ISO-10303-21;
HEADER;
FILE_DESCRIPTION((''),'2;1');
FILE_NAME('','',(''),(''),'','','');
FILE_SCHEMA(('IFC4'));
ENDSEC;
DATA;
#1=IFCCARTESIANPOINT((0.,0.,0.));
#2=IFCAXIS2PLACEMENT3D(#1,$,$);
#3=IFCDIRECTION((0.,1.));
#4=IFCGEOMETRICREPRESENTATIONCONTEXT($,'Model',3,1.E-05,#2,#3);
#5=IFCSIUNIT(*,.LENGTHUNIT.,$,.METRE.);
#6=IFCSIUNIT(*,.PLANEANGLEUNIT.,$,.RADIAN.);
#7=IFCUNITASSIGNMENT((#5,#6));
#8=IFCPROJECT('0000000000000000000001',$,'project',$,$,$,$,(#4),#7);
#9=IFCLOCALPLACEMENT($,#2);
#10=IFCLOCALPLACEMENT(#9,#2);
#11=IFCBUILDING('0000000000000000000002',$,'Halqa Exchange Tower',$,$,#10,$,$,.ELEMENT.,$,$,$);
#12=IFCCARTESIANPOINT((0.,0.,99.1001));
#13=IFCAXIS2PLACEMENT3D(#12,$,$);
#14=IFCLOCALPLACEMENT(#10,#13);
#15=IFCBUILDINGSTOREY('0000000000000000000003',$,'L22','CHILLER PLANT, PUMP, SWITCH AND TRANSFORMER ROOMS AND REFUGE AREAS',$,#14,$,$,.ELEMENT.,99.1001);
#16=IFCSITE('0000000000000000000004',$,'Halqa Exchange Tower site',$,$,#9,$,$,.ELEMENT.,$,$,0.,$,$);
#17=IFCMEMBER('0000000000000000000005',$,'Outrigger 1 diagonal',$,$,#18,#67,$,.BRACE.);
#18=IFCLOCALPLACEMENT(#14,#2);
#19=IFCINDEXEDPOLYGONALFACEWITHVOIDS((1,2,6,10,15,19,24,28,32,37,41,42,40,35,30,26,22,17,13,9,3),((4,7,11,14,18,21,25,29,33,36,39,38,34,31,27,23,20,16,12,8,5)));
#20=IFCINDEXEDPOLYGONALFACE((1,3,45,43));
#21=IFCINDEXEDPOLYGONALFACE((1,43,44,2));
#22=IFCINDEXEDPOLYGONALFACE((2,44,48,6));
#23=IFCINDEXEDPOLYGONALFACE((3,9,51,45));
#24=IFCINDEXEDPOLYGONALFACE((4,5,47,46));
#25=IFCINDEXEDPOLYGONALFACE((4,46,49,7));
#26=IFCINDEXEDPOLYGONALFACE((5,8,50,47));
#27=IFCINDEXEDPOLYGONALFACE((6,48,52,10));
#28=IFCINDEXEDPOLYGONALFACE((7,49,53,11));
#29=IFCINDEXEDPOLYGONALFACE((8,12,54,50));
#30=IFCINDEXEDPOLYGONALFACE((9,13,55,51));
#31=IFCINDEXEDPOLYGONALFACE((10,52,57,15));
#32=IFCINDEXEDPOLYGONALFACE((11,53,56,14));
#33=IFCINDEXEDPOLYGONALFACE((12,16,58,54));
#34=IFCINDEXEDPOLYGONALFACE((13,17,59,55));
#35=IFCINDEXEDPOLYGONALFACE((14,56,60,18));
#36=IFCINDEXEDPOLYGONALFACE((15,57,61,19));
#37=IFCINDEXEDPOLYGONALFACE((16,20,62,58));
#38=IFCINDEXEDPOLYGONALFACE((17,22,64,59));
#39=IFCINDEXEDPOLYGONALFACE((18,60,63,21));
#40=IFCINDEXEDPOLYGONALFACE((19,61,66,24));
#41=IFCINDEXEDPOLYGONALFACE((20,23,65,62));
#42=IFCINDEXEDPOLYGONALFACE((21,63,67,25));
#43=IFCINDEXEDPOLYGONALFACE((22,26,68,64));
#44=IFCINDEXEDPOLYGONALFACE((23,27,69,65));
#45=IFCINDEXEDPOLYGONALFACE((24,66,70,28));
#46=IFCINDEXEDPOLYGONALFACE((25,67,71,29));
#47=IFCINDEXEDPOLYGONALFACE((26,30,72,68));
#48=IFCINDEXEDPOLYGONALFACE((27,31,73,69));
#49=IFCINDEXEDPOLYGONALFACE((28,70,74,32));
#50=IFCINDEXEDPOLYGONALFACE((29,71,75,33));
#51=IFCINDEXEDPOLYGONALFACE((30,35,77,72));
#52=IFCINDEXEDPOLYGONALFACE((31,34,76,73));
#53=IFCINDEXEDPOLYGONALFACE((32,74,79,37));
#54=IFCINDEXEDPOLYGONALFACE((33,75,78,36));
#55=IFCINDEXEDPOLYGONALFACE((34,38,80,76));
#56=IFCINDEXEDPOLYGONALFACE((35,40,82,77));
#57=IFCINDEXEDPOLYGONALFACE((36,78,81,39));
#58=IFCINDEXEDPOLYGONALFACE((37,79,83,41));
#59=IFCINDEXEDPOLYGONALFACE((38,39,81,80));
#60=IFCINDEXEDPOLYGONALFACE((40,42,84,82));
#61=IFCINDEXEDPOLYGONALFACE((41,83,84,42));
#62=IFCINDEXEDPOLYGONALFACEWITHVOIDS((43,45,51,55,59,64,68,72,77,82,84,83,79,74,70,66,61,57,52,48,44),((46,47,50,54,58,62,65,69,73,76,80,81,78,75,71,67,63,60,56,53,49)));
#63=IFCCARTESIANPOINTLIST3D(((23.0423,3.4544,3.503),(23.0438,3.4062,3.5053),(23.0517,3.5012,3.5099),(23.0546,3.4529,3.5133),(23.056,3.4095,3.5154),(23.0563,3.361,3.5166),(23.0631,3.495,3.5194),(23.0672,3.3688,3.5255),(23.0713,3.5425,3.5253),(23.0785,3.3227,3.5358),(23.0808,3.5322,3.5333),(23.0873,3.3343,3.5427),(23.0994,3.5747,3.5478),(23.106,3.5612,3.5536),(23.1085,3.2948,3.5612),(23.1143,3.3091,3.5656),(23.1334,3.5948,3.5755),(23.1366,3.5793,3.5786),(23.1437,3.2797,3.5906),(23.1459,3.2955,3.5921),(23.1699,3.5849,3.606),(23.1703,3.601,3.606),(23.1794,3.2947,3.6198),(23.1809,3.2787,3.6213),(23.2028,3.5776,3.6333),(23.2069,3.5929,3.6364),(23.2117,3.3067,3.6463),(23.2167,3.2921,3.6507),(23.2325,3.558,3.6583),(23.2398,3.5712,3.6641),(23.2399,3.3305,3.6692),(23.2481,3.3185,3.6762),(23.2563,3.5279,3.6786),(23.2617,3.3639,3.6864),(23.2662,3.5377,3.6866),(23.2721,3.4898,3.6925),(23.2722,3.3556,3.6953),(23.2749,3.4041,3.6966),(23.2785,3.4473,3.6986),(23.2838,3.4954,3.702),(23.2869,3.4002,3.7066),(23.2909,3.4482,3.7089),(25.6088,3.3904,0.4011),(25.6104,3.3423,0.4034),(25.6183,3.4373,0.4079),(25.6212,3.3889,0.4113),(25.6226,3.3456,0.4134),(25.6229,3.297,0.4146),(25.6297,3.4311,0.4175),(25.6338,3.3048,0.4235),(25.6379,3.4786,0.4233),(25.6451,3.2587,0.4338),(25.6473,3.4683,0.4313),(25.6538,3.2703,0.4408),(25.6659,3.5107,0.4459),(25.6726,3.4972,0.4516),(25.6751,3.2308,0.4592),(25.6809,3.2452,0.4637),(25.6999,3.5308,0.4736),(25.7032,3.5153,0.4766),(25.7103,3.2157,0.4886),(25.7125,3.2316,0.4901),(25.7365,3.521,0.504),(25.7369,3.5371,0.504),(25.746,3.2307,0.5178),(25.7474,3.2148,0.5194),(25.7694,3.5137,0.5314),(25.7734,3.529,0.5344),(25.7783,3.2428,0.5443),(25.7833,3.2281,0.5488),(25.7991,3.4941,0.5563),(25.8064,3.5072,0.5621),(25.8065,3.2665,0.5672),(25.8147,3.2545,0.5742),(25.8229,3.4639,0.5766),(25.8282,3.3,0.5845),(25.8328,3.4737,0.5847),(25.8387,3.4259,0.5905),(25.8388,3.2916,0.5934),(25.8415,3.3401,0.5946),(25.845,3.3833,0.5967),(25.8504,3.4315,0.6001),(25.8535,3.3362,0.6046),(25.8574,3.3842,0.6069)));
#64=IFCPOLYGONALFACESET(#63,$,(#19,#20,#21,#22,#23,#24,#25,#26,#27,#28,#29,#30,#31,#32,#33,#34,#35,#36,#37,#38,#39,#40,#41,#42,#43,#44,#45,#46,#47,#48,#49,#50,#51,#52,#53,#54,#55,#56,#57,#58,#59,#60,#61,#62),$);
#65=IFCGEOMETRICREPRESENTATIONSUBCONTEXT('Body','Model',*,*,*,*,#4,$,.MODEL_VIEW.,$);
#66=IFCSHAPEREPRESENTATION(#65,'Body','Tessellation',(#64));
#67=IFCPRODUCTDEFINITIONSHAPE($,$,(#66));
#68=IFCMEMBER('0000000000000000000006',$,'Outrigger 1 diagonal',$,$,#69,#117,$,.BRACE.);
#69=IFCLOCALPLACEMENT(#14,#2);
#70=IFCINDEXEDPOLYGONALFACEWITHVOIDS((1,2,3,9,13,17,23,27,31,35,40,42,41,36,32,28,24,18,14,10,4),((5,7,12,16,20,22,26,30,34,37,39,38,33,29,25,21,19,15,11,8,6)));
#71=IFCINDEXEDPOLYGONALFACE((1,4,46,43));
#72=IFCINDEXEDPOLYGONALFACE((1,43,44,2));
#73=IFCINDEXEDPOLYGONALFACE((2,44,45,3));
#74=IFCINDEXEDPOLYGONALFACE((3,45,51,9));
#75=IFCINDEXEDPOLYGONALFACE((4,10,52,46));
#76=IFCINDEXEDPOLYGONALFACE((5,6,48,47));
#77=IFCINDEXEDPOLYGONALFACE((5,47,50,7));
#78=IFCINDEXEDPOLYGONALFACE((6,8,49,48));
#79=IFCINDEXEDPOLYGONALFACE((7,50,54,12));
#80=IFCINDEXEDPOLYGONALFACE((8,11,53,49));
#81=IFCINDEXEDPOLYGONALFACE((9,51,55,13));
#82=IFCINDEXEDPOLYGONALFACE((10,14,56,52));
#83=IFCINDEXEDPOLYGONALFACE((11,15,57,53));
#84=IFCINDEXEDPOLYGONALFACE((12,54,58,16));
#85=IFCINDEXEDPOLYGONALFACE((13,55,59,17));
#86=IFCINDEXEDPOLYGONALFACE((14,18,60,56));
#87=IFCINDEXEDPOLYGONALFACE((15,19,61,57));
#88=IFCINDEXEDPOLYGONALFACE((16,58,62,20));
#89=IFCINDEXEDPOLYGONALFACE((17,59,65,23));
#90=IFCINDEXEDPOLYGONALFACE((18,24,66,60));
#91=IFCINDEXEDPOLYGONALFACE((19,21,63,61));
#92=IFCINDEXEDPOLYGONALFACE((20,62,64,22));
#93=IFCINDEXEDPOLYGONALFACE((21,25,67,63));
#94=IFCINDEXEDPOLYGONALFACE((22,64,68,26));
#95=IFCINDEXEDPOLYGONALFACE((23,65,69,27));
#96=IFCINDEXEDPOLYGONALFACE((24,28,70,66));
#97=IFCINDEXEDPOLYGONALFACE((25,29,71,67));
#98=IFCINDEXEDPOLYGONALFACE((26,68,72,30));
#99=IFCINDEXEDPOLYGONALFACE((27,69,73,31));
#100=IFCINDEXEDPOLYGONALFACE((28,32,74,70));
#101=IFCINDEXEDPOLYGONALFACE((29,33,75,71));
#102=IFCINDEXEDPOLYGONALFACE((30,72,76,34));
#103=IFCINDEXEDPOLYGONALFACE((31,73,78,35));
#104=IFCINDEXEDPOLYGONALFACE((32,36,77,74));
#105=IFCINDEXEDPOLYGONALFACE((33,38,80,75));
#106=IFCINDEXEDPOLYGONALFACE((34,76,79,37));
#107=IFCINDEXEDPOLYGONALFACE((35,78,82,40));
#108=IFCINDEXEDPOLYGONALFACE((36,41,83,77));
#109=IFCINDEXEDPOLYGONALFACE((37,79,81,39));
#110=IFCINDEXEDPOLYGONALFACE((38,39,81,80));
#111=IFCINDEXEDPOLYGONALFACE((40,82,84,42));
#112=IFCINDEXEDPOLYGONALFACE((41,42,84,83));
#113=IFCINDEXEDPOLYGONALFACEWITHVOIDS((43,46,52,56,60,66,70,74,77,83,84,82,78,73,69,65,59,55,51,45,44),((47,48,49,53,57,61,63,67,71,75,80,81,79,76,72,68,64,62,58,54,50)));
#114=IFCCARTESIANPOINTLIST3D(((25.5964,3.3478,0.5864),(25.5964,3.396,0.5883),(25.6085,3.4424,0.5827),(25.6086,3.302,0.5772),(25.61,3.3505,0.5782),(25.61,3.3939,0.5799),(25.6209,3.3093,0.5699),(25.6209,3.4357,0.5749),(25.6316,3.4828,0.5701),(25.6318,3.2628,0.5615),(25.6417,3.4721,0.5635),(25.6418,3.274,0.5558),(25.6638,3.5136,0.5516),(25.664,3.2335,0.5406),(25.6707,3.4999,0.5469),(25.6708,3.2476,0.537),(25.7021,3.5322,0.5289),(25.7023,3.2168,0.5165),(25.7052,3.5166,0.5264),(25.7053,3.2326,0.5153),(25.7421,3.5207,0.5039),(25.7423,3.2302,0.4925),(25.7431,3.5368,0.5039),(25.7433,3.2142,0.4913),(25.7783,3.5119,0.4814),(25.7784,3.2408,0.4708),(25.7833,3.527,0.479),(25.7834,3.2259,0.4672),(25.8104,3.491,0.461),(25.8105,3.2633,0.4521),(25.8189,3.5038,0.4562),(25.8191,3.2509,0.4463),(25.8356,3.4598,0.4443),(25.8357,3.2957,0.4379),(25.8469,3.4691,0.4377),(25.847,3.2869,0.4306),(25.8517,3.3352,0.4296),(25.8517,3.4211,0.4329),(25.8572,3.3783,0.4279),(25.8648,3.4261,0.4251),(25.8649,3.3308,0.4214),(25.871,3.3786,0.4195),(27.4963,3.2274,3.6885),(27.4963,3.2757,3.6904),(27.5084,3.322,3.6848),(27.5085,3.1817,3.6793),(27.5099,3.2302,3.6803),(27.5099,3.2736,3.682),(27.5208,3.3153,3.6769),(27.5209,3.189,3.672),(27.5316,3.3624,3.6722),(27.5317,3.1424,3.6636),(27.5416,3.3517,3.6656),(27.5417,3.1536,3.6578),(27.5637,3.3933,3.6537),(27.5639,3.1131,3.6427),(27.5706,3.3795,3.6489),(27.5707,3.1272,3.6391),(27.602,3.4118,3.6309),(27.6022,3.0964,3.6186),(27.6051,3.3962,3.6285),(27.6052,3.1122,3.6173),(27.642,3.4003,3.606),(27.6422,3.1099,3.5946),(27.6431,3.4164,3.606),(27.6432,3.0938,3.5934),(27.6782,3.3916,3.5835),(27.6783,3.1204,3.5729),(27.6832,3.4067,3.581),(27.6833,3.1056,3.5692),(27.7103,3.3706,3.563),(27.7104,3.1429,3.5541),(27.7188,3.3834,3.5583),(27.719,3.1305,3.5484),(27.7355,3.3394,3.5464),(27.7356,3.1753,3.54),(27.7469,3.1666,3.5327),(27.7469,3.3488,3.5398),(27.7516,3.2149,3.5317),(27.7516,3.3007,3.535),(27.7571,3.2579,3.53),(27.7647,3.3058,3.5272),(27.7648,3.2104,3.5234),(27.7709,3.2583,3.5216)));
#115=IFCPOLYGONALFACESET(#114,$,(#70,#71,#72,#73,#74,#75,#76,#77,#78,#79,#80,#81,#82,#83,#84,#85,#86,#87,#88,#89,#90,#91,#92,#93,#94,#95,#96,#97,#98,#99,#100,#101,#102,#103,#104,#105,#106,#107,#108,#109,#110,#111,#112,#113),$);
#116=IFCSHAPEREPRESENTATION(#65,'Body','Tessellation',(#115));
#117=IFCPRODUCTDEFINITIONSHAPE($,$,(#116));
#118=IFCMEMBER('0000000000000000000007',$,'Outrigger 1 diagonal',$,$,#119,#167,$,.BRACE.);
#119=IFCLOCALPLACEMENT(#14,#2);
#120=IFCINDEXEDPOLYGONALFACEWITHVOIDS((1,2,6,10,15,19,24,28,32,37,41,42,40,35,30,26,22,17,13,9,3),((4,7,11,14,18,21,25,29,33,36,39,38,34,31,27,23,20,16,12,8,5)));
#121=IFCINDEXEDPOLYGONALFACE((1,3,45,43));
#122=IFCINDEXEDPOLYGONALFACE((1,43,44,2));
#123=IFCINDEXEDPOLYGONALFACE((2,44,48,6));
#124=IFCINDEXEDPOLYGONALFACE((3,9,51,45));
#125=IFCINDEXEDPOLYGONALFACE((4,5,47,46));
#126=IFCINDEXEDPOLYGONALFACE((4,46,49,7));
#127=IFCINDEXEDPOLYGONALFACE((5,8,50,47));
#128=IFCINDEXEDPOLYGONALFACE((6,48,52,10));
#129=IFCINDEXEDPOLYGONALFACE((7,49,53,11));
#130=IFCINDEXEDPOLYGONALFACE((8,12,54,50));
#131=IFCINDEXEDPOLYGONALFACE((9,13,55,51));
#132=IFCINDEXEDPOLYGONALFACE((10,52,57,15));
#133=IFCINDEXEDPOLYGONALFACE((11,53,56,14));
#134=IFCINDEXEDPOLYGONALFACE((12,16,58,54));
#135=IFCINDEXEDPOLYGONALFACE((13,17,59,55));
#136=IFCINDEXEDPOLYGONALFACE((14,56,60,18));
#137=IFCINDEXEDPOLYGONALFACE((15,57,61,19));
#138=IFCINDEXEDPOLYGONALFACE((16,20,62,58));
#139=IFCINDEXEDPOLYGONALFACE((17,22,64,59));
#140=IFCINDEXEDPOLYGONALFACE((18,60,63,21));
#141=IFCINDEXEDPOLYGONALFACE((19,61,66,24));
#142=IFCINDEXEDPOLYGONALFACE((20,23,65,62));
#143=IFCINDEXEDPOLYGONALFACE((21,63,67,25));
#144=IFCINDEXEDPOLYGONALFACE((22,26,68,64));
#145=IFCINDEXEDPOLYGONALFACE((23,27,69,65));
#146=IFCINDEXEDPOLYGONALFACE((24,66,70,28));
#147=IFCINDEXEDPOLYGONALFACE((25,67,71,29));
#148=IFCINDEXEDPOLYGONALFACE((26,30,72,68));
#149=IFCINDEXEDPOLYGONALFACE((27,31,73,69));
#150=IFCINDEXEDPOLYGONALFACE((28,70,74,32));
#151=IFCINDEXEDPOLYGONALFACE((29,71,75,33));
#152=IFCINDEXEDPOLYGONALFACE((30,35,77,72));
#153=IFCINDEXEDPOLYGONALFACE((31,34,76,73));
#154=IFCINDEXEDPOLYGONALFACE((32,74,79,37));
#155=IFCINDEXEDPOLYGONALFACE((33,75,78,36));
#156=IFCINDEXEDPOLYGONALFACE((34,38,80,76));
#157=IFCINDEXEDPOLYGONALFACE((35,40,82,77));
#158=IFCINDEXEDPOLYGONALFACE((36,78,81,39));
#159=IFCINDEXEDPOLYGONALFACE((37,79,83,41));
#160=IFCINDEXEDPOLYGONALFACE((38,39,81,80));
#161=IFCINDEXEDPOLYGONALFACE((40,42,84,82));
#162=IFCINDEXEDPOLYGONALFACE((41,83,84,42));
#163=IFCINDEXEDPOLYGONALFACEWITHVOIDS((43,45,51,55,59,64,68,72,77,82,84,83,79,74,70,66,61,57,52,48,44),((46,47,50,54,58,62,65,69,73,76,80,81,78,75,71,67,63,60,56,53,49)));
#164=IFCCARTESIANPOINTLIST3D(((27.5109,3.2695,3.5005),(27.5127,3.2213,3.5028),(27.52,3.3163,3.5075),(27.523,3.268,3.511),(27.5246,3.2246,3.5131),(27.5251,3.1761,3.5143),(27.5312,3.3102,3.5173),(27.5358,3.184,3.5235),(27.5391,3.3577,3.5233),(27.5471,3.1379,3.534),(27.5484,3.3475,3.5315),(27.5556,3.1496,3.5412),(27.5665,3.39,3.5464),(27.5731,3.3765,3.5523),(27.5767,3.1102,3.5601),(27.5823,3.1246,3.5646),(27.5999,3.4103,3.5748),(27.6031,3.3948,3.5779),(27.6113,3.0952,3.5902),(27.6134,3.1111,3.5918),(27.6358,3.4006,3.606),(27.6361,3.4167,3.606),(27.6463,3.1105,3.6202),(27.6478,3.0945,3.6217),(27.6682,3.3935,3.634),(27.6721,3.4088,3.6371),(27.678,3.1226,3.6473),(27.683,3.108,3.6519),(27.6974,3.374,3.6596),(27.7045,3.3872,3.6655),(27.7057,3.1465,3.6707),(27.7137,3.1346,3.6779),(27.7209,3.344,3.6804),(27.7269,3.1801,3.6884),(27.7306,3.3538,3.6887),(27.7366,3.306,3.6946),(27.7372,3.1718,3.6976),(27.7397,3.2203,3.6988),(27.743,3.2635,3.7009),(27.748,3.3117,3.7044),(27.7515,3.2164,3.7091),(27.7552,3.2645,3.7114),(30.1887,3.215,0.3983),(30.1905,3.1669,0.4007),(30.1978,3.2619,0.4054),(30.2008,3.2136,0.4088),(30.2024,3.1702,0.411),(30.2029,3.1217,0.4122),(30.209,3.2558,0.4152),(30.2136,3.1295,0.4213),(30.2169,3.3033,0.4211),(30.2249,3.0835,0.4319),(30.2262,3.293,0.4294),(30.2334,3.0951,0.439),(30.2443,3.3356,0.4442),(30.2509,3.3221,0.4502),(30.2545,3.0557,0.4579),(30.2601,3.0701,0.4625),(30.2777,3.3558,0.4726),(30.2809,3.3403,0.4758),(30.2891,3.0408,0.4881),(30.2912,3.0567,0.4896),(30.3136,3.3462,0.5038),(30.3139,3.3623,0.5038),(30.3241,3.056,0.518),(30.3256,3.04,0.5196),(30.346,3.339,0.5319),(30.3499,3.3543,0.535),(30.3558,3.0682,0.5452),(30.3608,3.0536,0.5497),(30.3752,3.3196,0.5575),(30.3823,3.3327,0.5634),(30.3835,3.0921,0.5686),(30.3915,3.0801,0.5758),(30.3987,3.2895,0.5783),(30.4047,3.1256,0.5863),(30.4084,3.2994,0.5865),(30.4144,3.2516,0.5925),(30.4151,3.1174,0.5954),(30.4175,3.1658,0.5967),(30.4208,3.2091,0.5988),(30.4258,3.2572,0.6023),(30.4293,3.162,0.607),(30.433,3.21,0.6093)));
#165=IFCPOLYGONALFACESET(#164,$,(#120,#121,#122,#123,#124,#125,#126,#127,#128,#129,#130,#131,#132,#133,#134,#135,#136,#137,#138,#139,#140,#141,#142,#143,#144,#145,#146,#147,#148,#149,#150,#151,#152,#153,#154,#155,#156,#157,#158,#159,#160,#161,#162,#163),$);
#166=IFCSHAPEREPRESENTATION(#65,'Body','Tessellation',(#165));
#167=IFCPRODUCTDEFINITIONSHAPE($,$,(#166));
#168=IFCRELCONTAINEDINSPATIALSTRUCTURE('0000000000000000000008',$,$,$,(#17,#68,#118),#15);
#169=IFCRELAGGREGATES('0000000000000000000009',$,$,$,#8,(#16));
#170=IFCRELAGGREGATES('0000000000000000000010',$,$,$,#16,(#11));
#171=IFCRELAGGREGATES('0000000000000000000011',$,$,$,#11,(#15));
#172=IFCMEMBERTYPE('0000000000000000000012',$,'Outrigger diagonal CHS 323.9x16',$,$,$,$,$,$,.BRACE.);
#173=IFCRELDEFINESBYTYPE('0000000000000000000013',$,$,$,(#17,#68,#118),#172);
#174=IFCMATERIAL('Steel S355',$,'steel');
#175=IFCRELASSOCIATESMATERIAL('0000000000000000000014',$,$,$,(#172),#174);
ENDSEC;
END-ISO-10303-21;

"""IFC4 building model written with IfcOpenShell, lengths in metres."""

from ifc_helpers import new_model, si_unit, direction, frame, origin, origin_2d, place, context, subcontext, project, spatial, hollow_circle, extrude, material, material_profile, profile_set, type_object, element, save


model = new_model("IFC4")

# Units and contexts
model_context = context("Model", 3, precision=1e-05, world=origin(), true_north=direction((0.0, 1.0)))
body_context = subcontext(model_context, "Body", "Model", "MODEL_VIEW")
ifc_project = project(units=[si_unit("LENGTHUNIT", "METRE"), si_unit("PLANEANGLEUNIT", "RADIAN")], contexts=[model_context])

# Site, building, storey
site_placement = place(None, origin())
site = spatial("IfcSite", under=ifc_project, at=site_placement, Name="Halqa Exchange Tower site", CompositionType="ELEMENT", RefElevation=0.0)
building_placement = place(site_placement, origin())
building = spatial("IfcBuilding", under=site, at=building_placement, Name="Halqa Exchange Tower", CompositionType="ELEMENT")
storey_placement = place(building_placement, frame((0.0, 0.0, 99.1001)))
storey = spatial("IfcBuildingStorey", under=building, at=storey_placement, Name="L22", Description="CHILLER PLANT, PUMP, SWITCH AND TRANSFORMER ROOMS AND REFUGE AREAS", CompositionType="ELEMENT", Elevation=99.1001)

# Members
ifc_material_1 = material(Name="Steel S355", Category="steel")
ifc_material_profile_1 = material_profile(ifc_material_1, hollow_circle(Radius=0.1619, WallThickness=0.0161, at=origin_2d()), Name="CHS 323.9x16")
ifc_profile_set_1 = profile_set([ifc_material_profile_1], Name="Steel S355")
member_type_1 = type_object("IfcMemberType", Name="Outrigger diagonal CHS 323.9x16", PredefinedType="BRACE", material=ifc_profile_set_1)
member_1_placement = place(storey_placement, frame((23.1663, 3.4392, 3.606), z_axis=(0.637404, -0.015885, -0.770366), x_axis=(0.024914, 0.99969, 0.0)))
element("IfcMember", 1, at=member_1_placement, inside=storey, type_object=member_type_1, Name="Outrigger 1 diagonal", PredefinedType="BRACE", context=body_context, shape_type="SweptSolid", body=[
    extrude(hollow_circle(Radius=0.1619, WallThickness=0.0161, at=origin_2d()), origin(), (0.0, 0.0, 1.0), 4.0266),
])
member_2_placement = place(storey_placement, frame((25.7329, 3.3752, 0.5039), z_axis=(0.522006, -0.03307, 0.852301), x_axis=(0.063225, 0.997999, 0.0)))
element("IfcMember", 2, at=member_2_placement, inside=storey, type_object=member_type_1, Name="Outrigger 1 diagonal", PredefinedType="BRACE", context=body_context, shape_type="SweptSolid", body=[
    extrude(hollow_circle(Radius=0.1619, WallThickness=0.0161, at=origin_2d()), origin(), (0.0, 0.0, 1.0), 3.6396),
])
member_3_placement = place(storey_placement, frame((27.6328, 3.2549, 3.606), z_axis=(0.653379, -0.013284, -0.756914), x_axis=(0.020328, 0.999793, 0.0)))
element("IfcMember", 3, at=member_3_placement, inside=storey, type_object=member_type_1, Name="Outrigger 1 diagonal", PredefinedType="BRACE", context=body_context, shape_type="SweptSolid", body=[
    extrude(hollow_circle(Radius=0.1619, WallThickness=0.0161, at=origin_2d()), origin(), (0.0, 0.0, 1.0), 4.0984),
])

save(model, "model.ifc")
